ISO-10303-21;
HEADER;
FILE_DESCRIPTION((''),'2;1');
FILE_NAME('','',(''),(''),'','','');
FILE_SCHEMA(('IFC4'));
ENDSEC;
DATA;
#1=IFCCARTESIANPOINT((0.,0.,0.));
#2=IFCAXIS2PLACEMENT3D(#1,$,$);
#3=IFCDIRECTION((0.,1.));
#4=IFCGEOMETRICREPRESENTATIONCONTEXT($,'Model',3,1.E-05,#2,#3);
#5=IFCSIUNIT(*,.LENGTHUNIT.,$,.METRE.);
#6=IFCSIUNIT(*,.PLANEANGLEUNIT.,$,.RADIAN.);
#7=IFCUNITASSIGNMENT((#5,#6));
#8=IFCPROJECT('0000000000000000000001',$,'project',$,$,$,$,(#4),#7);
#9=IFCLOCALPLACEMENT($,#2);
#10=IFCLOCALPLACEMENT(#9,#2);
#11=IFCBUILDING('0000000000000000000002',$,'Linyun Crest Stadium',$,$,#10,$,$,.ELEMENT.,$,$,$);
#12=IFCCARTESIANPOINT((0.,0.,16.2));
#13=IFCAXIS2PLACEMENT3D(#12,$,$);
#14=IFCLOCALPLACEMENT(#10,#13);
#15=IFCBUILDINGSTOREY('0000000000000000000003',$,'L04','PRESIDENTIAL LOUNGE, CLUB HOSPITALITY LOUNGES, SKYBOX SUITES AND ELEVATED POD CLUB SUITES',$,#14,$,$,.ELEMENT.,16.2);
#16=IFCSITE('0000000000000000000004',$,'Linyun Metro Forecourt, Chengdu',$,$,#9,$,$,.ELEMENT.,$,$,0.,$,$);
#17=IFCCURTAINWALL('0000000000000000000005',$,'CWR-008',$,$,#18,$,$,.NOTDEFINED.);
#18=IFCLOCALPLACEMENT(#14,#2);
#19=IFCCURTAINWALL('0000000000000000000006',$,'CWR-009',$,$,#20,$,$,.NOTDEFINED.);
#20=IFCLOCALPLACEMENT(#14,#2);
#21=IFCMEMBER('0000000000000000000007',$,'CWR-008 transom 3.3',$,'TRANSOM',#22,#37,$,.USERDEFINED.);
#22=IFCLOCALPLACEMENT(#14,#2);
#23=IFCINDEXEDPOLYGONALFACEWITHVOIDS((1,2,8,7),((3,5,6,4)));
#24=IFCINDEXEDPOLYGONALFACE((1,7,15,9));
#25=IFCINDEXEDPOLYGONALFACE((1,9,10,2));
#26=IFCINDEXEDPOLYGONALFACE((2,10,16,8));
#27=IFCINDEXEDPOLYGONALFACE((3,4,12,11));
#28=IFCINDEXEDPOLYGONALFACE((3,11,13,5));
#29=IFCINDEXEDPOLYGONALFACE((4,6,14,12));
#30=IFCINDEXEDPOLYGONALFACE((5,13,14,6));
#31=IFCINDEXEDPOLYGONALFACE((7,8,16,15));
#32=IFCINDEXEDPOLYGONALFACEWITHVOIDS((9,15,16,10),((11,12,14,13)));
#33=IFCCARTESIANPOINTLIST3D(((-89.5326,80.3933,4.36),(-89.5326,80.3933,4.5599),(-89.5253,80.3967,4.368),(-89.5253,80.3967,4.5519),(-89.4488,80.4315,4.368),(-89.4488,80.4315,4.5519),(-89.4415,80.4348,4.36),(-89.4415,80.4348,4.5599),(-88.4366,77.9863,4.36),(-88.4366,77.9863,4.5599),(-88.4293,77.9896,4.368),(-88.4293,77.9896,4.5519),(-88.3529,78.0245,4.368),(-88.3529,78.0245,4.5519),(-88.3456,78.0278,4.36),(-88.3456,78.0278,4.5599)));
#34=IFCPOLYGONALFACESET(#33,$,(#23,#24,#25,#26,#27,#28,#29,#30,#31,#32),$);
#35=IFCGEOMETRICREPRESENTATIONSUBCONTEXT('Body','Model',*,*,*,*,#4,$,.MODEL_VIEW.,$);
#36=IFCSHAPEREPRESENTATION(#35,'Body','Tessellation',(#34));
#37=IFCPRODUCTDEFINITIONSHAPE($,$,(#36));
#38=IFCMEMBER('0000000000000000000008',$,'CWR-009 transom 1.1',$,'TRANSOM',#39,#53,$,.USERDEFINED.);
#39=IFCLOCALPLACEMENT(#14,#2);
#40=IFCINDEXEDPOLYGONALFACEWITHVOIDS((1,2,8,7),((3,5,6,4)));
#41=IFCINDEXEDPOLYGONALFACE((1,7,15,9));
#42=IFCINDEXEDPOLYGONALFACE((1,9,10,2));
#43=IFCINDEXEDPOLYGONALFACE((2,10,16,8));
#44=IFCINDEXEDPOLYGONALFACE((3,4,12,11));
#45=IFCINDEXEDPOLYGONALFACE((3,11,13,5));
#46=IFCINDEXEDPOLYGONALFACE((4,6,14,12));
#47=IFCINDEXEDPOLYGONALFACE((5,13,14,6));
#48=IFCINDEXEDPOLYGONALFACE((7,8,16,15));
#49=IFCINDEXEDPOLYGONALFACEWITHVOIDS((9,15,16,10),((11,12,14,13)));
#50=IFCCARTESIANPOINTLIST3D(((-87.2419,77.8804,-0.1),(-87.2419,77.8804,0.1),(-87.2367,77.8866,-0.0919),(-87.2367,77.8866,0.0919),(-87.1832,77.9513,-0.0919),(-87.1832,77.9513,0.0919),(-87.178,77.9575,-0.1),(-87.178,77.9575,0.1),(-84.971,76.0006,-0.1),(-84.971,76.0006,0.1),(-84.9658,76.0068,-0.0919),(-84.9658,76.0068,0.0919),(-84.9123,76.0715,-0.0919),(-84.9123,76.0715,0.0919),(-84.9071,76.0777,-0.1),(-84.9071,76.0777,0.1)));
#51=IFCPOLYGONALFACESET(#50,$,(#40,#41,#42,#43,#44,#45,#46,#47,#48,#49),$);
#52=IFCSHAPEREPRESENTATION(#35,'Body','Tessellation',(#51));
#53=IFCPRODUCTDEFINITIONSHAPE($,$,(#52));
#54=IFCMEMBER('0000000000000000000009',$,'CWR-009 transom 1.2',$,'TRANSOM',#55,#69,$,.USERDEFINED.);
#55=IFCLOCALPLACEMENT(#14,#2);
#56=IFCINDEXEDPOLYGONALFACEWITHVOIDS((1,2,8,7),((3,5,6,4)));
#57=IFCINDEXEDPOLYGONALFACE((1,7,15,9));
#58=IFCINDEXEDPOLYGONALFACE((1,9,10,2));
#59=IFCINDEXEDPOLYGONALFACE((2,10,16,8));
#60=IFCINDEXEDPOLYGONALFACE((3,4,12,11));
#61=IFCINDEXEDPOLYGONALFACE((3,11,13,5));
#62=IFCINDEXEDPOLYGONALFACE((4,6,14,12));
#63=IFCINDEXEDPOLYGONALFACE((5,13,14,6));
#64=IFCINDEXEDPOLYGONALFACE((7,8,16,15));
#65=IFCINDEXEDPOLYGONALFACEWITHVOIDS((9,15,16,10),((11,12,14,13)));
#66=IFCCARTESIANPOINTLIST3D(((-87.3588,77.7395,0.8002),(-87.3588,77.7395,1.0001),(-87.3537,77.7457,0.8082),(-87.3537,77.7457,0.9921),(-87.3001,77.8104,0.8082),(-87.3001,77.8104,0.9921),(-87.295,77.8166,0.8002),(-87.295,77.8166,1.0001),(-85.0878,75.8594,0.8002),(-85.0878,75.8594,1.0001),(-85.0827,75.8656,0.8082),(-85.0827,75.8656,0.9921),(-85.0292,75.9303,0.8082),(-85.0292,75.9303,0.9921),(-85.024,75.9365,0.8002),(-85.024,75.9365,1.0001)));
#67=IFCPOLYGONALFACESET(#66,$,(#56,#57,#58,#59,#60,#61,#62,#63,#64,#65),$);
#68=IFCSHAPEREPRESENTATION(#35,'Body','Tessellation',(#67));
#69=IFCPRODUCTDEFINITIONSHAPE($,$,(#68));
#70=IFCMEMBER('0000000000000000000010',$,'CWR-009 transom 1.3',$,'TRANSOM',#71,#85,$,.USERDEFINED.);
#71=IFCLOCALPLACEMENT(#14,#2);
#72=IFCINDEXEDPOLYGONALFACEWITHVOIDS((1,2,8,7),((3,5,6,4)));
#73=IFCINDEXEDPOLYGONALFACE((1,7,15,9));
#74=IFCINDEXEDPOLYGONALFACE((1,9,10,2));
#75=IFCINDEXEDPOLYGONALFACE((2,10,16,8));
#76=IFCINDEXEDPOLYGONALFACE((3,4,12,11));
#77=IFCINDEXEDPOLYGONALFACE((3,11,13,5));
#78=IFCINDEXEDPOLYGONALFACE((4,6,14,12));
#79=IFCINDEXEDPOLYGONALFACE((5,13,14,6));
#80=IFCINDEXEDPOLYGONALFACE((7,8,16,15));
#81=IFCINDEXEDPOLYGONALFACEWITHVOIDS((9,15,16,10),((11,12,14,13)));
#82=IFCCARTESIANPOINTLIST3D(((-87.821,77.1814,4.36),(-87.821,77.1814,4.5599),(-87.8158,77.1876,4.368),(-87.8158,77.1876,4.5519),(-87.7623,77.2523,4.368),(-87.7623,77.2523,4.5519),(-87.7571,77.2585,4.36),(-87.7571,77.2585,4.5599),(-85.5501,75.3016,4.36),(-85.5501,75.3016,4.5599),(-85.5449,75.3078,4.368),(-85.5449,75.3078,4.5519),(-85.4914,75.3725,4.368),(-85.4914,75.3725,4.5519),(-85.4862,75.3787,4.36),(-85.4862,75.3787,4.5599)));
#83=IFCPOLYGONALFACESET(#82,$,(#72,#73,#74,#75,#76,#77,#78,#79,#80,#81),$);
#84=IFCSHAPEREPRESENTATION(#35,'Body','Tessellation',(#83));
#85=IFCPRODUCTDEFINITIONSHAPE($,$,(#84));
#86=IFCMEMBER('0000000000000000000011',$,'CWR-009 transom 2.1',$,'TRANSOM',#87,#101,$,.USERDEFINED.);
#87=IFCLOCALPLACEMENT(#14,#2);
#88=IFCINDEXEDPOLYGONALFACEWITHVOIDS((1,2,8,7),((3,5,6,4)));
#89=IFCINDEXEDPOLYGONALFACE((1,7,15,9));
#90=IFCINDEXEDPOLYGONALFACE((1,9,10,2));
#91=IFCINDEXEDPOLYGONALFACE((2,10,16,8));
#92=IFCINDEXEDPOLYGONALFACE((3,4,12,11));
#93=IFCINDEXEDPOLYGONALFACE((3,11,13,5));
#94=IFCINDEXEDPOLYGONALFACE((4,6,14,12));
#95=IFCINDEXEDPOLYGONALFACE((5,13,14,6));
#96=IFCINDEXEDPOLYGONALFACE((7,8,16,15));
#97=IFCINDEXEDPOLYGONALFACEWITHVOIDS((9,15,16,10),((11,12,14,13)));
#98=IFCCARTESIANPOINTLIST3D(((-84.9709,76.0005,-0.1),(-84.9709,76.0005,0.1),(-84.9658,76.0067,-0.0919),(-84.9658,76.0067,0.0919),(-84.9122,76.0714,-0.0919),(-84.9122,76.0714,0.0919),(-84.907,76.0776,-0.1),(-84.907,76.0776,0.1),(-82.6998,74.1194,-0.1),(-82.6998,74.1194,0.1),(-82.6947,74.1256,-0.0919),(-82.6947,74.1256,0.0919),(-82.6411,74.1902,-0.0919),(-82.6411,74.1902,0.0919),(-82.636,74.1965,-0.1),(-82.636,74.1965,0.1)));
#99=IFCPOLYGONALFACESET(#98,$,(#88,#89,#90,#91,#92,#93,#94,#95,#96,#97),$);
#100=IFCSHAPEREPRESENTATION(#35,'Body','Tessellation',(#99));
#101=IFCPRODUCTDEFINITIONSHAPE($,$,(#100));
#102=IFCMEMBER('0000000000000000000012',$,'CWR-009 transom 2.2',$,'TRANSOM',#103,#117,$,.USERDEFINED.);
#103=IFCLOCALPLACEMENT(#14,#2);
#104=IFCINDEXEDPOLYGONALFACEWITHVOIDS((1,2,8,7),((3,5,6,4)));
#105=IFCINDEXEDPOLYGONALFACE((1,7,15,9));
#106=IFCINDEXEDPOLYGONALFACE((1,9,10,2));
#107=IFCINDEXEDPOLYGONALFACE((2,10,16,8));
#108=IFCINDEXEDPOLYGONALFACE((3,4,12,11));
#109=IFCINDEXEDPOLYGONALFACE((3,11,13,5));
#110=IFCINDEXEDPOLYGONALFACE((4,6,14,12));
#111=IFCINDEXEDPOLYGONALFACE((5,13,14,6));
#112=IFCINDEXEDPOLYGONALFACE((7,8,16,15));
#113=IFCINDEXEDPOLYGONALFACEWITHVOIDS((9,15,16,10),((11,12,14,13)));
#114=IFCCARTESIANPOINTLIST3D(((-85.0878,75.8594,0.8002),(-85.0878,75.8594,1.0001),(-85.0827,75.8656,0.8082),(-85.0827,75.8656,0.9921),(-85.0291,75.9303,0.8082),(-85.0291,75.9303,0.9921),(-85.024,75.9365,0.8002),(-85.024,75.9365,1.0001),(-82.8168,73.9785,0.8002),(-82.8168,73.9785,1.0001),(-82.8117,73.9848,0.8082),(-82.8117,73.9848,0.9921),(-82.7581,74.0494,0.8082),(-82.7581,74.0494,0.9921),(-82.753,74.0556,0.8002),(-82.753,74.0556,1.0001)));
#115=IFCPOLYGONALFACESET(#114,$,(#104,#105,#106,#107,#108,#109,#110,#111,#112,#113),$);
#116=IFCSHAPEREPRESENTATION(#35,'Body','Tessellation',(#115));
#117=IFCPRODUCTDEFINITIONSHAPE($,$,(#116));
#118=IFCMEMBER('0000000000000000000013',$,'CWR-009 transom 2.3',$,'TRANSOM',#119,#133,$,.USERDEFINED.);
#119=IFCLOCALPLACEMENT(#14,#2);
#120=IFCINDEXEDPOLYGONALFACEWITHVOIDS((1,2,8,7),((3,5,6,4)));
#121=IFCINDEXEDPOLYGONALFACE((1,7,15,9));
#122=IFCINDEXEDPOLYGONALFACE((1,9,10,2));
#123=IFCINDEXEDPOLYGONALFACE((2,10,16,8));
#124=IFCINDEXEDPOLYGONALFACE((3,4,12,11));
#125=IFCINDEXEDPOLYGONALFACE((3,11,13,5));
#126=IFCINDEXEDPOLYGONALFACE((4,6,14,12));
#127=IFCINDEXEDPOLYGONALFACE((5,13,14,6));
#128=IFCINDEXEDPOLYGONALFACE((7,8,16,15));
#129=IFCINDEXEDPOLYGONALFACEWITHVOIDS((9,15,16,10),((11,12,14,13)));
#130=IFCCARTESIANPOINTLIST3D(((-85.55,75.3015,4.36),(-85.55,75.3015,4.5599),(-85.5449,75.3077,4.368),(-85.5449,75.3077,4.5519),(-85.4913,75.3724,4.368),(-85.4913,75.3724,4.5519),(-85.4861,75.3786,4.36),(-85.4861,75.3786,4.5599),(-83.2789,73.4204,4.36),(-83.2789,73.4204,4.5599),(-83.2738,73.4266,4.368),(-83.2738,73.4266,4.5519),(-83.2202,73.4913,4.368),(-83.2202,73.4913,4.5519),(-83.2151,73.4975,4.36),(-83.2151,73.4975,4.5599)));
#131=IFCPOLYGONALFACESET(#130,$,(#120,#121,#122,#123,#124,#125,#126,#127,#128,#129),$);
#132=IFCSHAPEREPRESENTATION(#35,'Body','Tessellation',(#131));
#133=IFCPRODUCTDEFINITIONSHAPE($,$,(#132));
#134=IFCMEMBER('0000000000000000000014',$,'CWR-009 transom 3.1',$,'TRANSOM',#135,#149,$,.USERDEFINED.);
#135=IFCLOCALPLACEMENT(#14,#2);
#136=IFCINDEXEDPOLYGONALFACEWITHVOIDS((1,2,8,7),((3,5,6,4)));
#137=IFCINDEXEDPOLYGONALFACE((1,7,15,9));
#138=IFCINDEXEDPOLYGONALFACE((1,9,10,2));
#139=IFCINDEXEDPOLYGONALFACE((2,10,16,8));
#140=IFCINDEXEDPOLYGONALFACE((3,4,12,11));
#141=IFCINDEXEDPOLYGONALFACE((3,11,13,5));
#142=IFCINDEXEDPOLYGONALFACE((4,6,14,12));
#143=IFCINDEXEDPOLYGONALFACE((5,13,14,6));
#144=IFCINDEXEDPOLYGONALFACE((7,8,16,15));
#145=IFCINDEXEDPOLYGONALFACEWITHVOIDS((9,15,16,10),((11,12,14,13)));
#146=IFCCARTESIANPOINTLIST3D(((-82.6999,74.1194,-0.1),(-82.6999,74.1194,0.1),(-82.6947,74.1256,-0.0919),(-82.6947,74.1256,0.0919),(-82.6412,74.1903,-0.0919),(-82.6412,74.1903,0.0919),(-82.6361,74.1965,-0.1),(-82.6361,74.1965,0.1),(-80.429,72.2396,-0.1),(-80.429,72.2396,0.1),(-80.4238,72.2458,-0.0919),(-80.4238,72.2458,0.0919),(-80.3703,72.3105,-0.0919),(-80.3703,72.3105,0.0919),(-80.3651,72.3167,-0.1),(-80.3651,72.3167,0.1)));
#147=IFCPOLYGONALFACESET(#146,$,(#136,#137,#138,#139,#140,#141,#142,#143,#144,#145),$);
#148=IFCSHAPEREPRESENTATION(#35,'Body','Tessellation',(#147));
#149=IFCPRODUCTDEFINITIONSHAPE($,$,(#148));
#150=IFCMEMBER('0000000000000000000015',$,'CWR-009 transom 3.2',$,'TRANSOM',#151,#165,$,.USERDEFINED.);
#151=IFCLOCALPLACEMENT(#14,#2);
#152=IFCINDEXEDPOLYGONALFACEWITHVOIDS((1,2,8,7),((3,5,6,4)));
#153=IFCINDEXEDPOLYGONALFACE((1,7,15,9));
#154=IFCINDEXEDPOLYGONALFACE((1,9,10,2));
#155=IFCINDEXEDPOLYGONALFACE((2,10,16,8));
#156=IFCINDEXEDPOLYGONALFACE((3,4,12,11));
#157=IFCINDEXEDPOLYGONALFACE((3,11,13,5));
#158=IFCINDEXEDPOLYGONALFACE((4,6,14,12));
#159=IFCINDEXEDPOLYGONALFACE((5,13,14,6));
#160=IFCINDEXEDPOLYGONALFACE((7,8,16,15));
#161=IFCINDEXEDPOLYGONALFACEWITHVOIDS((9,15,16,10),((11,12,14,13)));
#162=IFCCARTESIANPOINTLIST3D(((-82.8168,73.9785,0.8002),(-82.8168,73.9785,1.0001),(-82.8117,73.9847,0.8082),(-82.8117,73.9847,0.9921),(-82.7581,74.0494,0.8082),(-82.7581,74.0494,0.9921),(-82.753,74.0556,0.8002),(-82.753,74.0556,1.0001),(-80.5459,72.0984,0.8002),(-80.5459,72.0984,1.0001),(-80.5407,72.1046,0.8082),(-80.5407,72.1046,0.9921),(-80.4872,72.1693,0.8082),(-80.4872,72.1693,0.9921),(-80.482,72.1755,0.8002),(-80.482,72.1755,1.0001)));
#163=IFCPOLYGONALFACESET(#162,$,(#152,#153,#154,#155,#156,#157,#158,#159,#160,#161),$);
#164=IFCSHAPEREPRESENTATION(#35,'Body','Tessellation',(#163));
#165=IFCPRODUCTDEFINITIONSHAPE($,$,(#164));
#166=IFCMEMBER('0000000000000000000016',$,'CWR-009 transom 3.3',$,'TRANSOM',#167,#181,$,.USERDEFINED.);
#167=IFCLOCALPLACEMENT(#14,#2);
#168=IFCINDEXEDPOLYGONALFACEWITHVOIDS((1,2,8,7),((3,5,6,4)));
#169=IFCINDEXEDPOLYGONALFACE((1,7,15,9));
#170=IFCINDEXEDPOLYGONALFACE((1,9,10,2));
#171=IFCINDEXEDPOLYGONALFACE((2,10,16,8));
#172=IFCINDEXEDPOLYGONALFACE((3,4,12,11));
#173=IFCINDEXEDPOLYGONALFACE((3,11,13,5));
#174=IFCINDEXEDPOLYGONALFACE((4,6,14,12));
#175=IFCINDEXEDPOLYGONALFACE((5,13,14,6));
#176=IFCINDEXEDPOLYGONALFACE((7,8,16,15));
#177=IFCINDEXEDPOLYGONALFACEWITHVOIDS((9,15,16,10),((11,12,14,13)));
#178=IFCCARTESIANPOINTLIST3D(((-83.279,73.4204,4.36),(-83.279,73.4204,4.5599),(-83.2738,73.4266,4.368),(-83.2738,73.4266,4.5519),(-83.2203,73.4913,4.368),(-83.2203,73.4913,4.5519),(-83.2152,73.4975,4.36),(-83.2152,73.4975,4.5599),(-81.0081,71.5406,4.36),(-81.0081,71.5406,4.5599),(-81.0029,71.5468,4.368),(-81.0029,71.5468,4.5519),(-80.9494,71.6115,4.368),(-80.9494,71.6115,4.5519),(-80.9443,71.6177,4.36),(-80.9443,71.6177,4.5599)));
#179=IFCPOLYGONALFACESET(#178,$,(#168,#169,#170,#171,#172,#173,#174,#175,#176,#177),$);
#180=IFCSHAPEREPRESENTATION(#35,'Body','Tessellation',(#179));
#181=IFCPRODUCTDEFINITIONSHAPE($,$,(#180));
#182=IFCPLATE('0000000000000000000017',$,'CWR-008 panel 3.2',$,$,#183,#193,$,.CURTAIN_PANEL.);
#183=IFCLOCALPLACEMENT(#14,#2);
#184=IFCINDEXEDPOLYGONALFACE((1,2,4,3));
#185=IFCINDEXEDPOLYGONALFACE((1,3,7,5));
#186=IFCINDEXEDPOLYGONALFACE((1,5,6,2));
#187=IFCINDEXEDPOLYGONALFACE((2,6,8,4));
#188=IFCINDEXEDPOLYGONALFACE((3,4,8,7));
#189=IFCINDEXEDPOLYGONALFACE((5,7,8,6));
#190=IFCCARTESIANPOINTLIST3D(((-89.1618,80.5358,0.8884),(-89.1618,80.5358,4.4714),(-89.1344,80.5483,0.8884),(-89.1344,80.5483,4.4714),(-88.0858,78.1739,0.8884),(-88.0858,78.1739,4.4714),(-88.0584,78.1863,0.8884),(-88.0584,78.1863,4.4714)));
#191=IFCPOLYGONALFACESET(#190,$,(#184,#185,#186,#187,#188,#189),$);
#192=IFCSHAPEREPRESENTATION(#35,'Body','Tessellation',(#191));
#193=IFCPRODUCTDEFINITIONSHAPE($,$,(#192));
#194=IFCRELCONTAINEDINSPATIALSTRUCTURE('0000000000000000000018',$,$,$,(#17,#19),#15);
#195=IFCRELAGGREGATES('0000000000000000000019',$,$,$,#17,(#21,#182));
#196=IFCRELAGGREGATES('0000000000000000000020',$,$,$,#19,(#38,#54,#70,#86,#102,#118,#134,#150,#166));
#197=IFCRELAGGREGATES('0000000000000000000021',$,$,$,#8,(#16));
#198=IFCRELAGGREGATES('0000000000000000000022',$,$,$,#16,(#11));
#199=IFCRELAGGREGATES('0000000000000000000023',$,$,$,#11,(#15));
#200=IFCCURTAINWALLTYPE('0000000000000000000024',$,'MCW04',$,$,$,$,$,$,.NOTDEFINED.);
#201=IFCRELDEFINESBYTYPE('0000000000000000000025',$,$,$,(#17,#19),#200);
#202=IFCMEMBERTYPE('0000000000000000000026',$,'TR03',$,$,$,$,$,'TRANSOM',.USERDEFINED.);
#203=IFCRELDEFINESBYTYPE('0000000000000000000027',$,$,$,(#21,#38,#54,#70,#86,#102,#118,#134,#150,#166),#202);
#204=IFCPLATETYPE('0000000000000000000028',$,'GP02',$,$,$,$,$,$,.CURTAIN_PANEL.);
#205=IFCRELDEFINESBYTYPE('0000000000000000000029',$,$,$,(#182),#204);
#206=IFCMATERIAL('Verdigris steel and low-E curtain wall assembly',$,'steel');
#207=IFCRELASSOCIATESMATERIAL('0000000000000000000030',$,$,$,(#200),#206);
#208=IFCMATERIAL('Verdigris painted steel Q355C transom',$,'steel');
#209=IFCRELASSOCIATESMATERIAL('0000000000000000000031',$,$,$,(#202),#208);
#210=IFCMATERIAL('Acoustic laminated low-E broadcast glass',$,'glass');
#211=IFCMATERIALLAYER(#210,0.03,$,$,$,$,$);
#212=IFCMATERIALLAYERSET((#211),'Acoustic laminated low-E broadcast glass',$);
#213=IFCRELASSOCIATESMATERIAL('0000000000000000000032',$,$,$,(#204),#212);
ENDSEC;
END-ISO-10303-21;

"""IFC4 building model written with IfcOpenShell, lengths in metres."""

from ifc_helpers import new_model, si_unit, direction, frame, origin, origin_2d, place, context, subcontext, project, spatial, rectangle, hollow_rectangle, extrude, material, layer, layer_set, material_profile, profile_set, type_object, element, aggregate, save


model = new_model("IFC4")

# Units and contexts
model_context = context("Model", 3, precision=1e-05, world=origin(), true_north=direction((0.0, 1.0)))
body_context = subcontext(model_context, "Body", "Model", "MODEL_VIEW")
ifc_project = project(units=[si_unit("LENGTHUNIT", "METRE"), si_unit("PLANEANGLEUNIT", "RADIAN")], contexts=[model_context])

# Site, building, storey
site_placement = place(None, origin())
site = spatial("IfcSite", under=ifc_project, at=site_placement, Name="Linyun Metro Forecourt, Chengdu", CompositionType="ELEMENT", RefElevation=0.0)
building_placement = place(site_placement, origin())
building = spatial("IfcBuilding", under=site, at=building_placement, Name="Linyun Crest Stadium", CompositionType="ELEMENT")
storey_placement = place(building_placement, frame((0.0, 0.0, 16.2)))
storey = spatial("IfcBuildingStorey", under=building, at=storey_placement, Name="L04", Description="PRESIDENTIAL LOUNGE, CLUB HOSPITALITY LOUNGES, SKYBOX SUITES AND ELEVATED POD CLUB SUITES", CompositionType="ELEMENT", Elevation=16.2)

# Curtain wall
ifc_material_1 = material(Name="Verdigris steel and low-E curtain wall assembly", Category="steel")
curtain_wall_type = type_object("IfcCurtainWallType", Name="MCW04", PredefinedType="NOTDEFINED", material=ifc_material_1)
curtain_wall_1_placement = place(storey_placement, origin())
curtain_wall_1 = element("IfcCurtainWall", 1, at=curtain_wall_1_placement, inside=storey, type_object=curtain_wall_type, Name="CWR-008", PredefinedType="NOTDEFINED")

# Curtain wall
curtain_wall_2_placement = place(storey_placement, origin())
curtain_wall_2 = element("IfcCurtainWall", 2, at=curtain_wall_2_placement, inside=storey, type_object=curtain_wall_type, Name="CWR-009", PredefinedType="NOTDEFINED")

# Members
ifc_material_2 = material(Name="Verdigris painted steel Q355C transom", Category="steel")
ifc_material_profile_1 = material_profile(ifc_material_2, hollow_rectangle(XDim=0.1001, YDim=0.2, WallThickness=0.0081, at=origin_2d()), Name="RHS 200x100x8")
ifc_profile_set_1 = profile_set([ifc_material_profile_1], Name="Verdigris painted steel Q355C transom")
member_type_1 = type_object("IfcMemberType", Name="TR03", ElementType="TRANSOM", PredefinedType="USERDEFINED", material=ifc_profile_set_1)
member_1_placement = place(storey_placement, frame((-89.4871, 80.4141, 4.46), z_axis=(0.414387, -0.910101, 0.0), x_axis=(0.910101, 0.414387, 0.0)))
member_1 = element("IfcMember", 3, at=member_1_placement, type_object=member_type_1, Name="CWR-008 transom 3.3", ObjectType="TRANSOM", PredefinedType="USERDEFINED", context=body_context, shape_type="SweptSolid", body=[
    extrude(hollow_rectangle(XDim=0.1001, YDim=0.2, WallThickness=0.0081, at=origin_2d()), origin(), (0.0, 0.0, 1.0), 2.6448),
])
member_2_placement = place(storey_placement, frame((-87.21, 77.9189, 0.0), z_axis=(0.770321, -0.637656, 0.0), x_axis=(0.637656, 0.770321, 0.0)))
member_2 = element("IfcMember", 4, at=member_2_placement, type_object=member_type_1, Name="CWR-009 transom 1.1", ObjectType="TRANSOM", PredefinedType="USERDEFINED", context=body_context, shape_type="SweptSolid", body=[
    extrude(hollow_rectangle(XDim=0.1001, YDim=0.2, WallThickness=0.0081, at=origin_2d()), origin(), (0.0, 0.0, 1.0), 2.948),
])
member_3_placement = place(storey_placement, frame((-87.3269, 77.7781, 0.9001), z_axis=(0.770281, -0.637705, 0.0), x_axis=(0.637705, 0.770281, 0.0)))
member_3 = element("IfcMember", 5, at=member_3_placement, type_object=member_type_1, Name="CWR-009 transom 1.2", ObjectType="TRANSOM", PredefinedType="USERDEFINED", context=body_context, shape_type="SweptSolid", body=[
    extrude(hollow_rectangle(XDim=0.1001, YDim=0.2, WallThickness=0.0081, at=origin_2d()), origin(), (0.0, 0.0, 1.0), 2.9482),
])
member_4_placement = place(storey_placement, frame((-87.7891, 77.22, 4.46), z_axis=(0.770321, -0.637656, 0.0), x_axis=(0.637656, 0.770321, 0.0)))
member_4 = element("IfcMember", 6, at=member_4_placement, type_object=member_type_1, Name="CWR-009 transom 1.3", ObjectType="TRANSOM", PredefinedType="USERDEFINED", context=body_context, shape_type="SweptSolid", body=[
    extrude(hollow_rectangle(XDim=0.1001, YDim=0.2, WallThickness=0.0081, at=origin_2d()), origin(), (0.0, 0.0, 1.0), 2.948),
])
member_5_placement = place(storey_placement, frame((-84.939, 76.0391, 0.0), z_axis=(0.770118, -0.637901, 0.0), x_axis=(0.637901, 0.770118, 0.0)))
member_5 = element("IfcMember", 7, at=member_5_placement, type_object=member_type_1, Name="CWR-009 transom 2.1", ObjectType="TRANSOM", PredefinedType="USERDEFINED", context=body_context, shape_type="SweptSolid", body=[
    extrude(hollow_rectangle(XDim=0.1001, YDim=0.2, WallThickness=0.0081, at=origin_2d()), origin(), (0.0, 0.0, 1.0), 2.949),
])
member_6_placement = place(storey_placement, frame((-85.0559, 75.8979, 0.9001), z_axis=(0.770159, -0.637852, 0.0), x_axis=(0.637852, 0.770159, 0.0)))
member_6 = element("IfcMember", 8, at=member_6_placement, type_object=member_type_1, Name="CWR-009 transom 2.2", ObjectType="TRANSOM", PredefinedType="USERDEFINED", context=body_context, shape_type="SweptSolid", body=[
    extrude(hollow_rectangle(XDim=0.1001, YDim=0.2, WallThickness=0.0081, at=origin_2d()), origin(), (0.0, 0.0, 1.0), 2.9487),
])
member_7_placement = place(storey_placement, frame((-85.5181, 75.3401, 4.46), z_axis=(0.770118, -0.637901, 0.0), x_axis=(0.637901, 0.770118, 0.0)))
member_7 = element("IfcMember", 9, at=member_7_placement, type_object=member_type_1, Name="CWR-009 transom 2.3", ObjectType="TRANSOM", PredefinedType="USERDEFINED", context=body_context, shape_type="SweptSolid", body=[
    extrude(hollow_rectangle(XDim=0.1001, YDim=0.2, WallThickness=0.0081, at=origin_2d()), origin(), (0.0, 0.0, 1.0), 2.949),
])
member_8_placement = place(storey_placement, frame((-82.668, 74.158, 0.0), z_axis=(0.770321, -0.637656, 0.0), x_axis=(0.637656, 0.770321, 0.0)))
member_8 = element("IfcMember", 10, at=member_8_placement, type_object=member_type_1, Name="CWR-009 transom 3.1", ObjectType="TRANSOM", PredefinedType="USERDEFINED", context=body_context, shape_type="SweptSolid", body=[
    extrude(hollow_rectangle(XDim=0.1001, YDim=0.2, WallThickness=0.0081, at=origin_2d()), origin(), (0.0, 0.0, 1.0), 2.948),
])
member_9_placement = place(storey_placement, frame((-82.7849, 74.0171, 0.9001), z_axis=(0.770281, -0.637705, 0.0), x_axis=(0.637705, 0.770281, 0.0)))
member_9 = element("IfcMember", 11, at=member_9_placement, type_object=member_type_1, Name="CWR-009 transom 3.2", ObjectType="TRANSOM", PredefinedType="USERDEFINED", context=body_context, shape_type="SweptSolid", body=[
    extrude(hollow_rectangle(XDim=0.1001, YDim=0.2, WallThickness=0.0081, at=origin_2d()), origin(), (0.0, 0.0, 1.0), 2.9482),
])
member_10_placement = place(storey_placement, frame((-83.2471, 73.459, 4.46), z_axis=(0.770321, -0.637656, 0.0), x_axis=(0.637656, 0.770321, 0.0)))
member_10 = element("IfcMember", 12, at=member_10_placement, type_object=member_type_1, Name="CWR-009 transom 3.3", ObjectType="TRANSOM", PredefinedType="USERDEFINED", context=body_context, shape_type="SweptSolid", body=[
    extrude(hollow_rectangle(XDim=0.1001, YDim=0.2, WallThickness=0.0081, at=origin_2d()), origin(), (0.0, 0.0, 1.0), 2.948),
])

# Plate
ifc_material_3 = material(Name="Acoustic laminated low-E broadcast glass", Category="glass")
ifc_layer_1 = layer(ifc_material_3, 0.03)
ifc_layer_set_1 = layer_set([ifc_layer_1], Name="Acoustic laminated low-E broadcast glass")
plate_type_1 = type_object("IfcPlateType", Name="GP02", PredefinedType="CURTAIN_PANEL", material=ifc_layer_set_1)
plate_1_placement = place(storey_placement, frame((-88.6101, 79.3611, 0.8884), z_axis=(0.0, 0.0, 1.0), x_axis=(0.414566, -0.910019, 0.0)))
plate_1 = element("IfcPlate", 13, at=plate_1_placement, type_object=plate_type_1, Name="CWR-008 panel 3.2", PredefinedType="CURTAIN_PANEL", context=body_context, shape_type="SweptSolid", body=[
    extrude(rectangle(XDim=2.5955, YDim=0.03, at=origin_2d()), origin(), (0.0, 0.0, 1.0), 3.583),
])
aggregate(curtain_wall_1, [member_1, plate_1])
aggregate(curtain_wall_2, [member_2, member_3, member_4, member_5, member_6, member_7, member_8, member_9, member_10])

save(model, "model.ifc")
